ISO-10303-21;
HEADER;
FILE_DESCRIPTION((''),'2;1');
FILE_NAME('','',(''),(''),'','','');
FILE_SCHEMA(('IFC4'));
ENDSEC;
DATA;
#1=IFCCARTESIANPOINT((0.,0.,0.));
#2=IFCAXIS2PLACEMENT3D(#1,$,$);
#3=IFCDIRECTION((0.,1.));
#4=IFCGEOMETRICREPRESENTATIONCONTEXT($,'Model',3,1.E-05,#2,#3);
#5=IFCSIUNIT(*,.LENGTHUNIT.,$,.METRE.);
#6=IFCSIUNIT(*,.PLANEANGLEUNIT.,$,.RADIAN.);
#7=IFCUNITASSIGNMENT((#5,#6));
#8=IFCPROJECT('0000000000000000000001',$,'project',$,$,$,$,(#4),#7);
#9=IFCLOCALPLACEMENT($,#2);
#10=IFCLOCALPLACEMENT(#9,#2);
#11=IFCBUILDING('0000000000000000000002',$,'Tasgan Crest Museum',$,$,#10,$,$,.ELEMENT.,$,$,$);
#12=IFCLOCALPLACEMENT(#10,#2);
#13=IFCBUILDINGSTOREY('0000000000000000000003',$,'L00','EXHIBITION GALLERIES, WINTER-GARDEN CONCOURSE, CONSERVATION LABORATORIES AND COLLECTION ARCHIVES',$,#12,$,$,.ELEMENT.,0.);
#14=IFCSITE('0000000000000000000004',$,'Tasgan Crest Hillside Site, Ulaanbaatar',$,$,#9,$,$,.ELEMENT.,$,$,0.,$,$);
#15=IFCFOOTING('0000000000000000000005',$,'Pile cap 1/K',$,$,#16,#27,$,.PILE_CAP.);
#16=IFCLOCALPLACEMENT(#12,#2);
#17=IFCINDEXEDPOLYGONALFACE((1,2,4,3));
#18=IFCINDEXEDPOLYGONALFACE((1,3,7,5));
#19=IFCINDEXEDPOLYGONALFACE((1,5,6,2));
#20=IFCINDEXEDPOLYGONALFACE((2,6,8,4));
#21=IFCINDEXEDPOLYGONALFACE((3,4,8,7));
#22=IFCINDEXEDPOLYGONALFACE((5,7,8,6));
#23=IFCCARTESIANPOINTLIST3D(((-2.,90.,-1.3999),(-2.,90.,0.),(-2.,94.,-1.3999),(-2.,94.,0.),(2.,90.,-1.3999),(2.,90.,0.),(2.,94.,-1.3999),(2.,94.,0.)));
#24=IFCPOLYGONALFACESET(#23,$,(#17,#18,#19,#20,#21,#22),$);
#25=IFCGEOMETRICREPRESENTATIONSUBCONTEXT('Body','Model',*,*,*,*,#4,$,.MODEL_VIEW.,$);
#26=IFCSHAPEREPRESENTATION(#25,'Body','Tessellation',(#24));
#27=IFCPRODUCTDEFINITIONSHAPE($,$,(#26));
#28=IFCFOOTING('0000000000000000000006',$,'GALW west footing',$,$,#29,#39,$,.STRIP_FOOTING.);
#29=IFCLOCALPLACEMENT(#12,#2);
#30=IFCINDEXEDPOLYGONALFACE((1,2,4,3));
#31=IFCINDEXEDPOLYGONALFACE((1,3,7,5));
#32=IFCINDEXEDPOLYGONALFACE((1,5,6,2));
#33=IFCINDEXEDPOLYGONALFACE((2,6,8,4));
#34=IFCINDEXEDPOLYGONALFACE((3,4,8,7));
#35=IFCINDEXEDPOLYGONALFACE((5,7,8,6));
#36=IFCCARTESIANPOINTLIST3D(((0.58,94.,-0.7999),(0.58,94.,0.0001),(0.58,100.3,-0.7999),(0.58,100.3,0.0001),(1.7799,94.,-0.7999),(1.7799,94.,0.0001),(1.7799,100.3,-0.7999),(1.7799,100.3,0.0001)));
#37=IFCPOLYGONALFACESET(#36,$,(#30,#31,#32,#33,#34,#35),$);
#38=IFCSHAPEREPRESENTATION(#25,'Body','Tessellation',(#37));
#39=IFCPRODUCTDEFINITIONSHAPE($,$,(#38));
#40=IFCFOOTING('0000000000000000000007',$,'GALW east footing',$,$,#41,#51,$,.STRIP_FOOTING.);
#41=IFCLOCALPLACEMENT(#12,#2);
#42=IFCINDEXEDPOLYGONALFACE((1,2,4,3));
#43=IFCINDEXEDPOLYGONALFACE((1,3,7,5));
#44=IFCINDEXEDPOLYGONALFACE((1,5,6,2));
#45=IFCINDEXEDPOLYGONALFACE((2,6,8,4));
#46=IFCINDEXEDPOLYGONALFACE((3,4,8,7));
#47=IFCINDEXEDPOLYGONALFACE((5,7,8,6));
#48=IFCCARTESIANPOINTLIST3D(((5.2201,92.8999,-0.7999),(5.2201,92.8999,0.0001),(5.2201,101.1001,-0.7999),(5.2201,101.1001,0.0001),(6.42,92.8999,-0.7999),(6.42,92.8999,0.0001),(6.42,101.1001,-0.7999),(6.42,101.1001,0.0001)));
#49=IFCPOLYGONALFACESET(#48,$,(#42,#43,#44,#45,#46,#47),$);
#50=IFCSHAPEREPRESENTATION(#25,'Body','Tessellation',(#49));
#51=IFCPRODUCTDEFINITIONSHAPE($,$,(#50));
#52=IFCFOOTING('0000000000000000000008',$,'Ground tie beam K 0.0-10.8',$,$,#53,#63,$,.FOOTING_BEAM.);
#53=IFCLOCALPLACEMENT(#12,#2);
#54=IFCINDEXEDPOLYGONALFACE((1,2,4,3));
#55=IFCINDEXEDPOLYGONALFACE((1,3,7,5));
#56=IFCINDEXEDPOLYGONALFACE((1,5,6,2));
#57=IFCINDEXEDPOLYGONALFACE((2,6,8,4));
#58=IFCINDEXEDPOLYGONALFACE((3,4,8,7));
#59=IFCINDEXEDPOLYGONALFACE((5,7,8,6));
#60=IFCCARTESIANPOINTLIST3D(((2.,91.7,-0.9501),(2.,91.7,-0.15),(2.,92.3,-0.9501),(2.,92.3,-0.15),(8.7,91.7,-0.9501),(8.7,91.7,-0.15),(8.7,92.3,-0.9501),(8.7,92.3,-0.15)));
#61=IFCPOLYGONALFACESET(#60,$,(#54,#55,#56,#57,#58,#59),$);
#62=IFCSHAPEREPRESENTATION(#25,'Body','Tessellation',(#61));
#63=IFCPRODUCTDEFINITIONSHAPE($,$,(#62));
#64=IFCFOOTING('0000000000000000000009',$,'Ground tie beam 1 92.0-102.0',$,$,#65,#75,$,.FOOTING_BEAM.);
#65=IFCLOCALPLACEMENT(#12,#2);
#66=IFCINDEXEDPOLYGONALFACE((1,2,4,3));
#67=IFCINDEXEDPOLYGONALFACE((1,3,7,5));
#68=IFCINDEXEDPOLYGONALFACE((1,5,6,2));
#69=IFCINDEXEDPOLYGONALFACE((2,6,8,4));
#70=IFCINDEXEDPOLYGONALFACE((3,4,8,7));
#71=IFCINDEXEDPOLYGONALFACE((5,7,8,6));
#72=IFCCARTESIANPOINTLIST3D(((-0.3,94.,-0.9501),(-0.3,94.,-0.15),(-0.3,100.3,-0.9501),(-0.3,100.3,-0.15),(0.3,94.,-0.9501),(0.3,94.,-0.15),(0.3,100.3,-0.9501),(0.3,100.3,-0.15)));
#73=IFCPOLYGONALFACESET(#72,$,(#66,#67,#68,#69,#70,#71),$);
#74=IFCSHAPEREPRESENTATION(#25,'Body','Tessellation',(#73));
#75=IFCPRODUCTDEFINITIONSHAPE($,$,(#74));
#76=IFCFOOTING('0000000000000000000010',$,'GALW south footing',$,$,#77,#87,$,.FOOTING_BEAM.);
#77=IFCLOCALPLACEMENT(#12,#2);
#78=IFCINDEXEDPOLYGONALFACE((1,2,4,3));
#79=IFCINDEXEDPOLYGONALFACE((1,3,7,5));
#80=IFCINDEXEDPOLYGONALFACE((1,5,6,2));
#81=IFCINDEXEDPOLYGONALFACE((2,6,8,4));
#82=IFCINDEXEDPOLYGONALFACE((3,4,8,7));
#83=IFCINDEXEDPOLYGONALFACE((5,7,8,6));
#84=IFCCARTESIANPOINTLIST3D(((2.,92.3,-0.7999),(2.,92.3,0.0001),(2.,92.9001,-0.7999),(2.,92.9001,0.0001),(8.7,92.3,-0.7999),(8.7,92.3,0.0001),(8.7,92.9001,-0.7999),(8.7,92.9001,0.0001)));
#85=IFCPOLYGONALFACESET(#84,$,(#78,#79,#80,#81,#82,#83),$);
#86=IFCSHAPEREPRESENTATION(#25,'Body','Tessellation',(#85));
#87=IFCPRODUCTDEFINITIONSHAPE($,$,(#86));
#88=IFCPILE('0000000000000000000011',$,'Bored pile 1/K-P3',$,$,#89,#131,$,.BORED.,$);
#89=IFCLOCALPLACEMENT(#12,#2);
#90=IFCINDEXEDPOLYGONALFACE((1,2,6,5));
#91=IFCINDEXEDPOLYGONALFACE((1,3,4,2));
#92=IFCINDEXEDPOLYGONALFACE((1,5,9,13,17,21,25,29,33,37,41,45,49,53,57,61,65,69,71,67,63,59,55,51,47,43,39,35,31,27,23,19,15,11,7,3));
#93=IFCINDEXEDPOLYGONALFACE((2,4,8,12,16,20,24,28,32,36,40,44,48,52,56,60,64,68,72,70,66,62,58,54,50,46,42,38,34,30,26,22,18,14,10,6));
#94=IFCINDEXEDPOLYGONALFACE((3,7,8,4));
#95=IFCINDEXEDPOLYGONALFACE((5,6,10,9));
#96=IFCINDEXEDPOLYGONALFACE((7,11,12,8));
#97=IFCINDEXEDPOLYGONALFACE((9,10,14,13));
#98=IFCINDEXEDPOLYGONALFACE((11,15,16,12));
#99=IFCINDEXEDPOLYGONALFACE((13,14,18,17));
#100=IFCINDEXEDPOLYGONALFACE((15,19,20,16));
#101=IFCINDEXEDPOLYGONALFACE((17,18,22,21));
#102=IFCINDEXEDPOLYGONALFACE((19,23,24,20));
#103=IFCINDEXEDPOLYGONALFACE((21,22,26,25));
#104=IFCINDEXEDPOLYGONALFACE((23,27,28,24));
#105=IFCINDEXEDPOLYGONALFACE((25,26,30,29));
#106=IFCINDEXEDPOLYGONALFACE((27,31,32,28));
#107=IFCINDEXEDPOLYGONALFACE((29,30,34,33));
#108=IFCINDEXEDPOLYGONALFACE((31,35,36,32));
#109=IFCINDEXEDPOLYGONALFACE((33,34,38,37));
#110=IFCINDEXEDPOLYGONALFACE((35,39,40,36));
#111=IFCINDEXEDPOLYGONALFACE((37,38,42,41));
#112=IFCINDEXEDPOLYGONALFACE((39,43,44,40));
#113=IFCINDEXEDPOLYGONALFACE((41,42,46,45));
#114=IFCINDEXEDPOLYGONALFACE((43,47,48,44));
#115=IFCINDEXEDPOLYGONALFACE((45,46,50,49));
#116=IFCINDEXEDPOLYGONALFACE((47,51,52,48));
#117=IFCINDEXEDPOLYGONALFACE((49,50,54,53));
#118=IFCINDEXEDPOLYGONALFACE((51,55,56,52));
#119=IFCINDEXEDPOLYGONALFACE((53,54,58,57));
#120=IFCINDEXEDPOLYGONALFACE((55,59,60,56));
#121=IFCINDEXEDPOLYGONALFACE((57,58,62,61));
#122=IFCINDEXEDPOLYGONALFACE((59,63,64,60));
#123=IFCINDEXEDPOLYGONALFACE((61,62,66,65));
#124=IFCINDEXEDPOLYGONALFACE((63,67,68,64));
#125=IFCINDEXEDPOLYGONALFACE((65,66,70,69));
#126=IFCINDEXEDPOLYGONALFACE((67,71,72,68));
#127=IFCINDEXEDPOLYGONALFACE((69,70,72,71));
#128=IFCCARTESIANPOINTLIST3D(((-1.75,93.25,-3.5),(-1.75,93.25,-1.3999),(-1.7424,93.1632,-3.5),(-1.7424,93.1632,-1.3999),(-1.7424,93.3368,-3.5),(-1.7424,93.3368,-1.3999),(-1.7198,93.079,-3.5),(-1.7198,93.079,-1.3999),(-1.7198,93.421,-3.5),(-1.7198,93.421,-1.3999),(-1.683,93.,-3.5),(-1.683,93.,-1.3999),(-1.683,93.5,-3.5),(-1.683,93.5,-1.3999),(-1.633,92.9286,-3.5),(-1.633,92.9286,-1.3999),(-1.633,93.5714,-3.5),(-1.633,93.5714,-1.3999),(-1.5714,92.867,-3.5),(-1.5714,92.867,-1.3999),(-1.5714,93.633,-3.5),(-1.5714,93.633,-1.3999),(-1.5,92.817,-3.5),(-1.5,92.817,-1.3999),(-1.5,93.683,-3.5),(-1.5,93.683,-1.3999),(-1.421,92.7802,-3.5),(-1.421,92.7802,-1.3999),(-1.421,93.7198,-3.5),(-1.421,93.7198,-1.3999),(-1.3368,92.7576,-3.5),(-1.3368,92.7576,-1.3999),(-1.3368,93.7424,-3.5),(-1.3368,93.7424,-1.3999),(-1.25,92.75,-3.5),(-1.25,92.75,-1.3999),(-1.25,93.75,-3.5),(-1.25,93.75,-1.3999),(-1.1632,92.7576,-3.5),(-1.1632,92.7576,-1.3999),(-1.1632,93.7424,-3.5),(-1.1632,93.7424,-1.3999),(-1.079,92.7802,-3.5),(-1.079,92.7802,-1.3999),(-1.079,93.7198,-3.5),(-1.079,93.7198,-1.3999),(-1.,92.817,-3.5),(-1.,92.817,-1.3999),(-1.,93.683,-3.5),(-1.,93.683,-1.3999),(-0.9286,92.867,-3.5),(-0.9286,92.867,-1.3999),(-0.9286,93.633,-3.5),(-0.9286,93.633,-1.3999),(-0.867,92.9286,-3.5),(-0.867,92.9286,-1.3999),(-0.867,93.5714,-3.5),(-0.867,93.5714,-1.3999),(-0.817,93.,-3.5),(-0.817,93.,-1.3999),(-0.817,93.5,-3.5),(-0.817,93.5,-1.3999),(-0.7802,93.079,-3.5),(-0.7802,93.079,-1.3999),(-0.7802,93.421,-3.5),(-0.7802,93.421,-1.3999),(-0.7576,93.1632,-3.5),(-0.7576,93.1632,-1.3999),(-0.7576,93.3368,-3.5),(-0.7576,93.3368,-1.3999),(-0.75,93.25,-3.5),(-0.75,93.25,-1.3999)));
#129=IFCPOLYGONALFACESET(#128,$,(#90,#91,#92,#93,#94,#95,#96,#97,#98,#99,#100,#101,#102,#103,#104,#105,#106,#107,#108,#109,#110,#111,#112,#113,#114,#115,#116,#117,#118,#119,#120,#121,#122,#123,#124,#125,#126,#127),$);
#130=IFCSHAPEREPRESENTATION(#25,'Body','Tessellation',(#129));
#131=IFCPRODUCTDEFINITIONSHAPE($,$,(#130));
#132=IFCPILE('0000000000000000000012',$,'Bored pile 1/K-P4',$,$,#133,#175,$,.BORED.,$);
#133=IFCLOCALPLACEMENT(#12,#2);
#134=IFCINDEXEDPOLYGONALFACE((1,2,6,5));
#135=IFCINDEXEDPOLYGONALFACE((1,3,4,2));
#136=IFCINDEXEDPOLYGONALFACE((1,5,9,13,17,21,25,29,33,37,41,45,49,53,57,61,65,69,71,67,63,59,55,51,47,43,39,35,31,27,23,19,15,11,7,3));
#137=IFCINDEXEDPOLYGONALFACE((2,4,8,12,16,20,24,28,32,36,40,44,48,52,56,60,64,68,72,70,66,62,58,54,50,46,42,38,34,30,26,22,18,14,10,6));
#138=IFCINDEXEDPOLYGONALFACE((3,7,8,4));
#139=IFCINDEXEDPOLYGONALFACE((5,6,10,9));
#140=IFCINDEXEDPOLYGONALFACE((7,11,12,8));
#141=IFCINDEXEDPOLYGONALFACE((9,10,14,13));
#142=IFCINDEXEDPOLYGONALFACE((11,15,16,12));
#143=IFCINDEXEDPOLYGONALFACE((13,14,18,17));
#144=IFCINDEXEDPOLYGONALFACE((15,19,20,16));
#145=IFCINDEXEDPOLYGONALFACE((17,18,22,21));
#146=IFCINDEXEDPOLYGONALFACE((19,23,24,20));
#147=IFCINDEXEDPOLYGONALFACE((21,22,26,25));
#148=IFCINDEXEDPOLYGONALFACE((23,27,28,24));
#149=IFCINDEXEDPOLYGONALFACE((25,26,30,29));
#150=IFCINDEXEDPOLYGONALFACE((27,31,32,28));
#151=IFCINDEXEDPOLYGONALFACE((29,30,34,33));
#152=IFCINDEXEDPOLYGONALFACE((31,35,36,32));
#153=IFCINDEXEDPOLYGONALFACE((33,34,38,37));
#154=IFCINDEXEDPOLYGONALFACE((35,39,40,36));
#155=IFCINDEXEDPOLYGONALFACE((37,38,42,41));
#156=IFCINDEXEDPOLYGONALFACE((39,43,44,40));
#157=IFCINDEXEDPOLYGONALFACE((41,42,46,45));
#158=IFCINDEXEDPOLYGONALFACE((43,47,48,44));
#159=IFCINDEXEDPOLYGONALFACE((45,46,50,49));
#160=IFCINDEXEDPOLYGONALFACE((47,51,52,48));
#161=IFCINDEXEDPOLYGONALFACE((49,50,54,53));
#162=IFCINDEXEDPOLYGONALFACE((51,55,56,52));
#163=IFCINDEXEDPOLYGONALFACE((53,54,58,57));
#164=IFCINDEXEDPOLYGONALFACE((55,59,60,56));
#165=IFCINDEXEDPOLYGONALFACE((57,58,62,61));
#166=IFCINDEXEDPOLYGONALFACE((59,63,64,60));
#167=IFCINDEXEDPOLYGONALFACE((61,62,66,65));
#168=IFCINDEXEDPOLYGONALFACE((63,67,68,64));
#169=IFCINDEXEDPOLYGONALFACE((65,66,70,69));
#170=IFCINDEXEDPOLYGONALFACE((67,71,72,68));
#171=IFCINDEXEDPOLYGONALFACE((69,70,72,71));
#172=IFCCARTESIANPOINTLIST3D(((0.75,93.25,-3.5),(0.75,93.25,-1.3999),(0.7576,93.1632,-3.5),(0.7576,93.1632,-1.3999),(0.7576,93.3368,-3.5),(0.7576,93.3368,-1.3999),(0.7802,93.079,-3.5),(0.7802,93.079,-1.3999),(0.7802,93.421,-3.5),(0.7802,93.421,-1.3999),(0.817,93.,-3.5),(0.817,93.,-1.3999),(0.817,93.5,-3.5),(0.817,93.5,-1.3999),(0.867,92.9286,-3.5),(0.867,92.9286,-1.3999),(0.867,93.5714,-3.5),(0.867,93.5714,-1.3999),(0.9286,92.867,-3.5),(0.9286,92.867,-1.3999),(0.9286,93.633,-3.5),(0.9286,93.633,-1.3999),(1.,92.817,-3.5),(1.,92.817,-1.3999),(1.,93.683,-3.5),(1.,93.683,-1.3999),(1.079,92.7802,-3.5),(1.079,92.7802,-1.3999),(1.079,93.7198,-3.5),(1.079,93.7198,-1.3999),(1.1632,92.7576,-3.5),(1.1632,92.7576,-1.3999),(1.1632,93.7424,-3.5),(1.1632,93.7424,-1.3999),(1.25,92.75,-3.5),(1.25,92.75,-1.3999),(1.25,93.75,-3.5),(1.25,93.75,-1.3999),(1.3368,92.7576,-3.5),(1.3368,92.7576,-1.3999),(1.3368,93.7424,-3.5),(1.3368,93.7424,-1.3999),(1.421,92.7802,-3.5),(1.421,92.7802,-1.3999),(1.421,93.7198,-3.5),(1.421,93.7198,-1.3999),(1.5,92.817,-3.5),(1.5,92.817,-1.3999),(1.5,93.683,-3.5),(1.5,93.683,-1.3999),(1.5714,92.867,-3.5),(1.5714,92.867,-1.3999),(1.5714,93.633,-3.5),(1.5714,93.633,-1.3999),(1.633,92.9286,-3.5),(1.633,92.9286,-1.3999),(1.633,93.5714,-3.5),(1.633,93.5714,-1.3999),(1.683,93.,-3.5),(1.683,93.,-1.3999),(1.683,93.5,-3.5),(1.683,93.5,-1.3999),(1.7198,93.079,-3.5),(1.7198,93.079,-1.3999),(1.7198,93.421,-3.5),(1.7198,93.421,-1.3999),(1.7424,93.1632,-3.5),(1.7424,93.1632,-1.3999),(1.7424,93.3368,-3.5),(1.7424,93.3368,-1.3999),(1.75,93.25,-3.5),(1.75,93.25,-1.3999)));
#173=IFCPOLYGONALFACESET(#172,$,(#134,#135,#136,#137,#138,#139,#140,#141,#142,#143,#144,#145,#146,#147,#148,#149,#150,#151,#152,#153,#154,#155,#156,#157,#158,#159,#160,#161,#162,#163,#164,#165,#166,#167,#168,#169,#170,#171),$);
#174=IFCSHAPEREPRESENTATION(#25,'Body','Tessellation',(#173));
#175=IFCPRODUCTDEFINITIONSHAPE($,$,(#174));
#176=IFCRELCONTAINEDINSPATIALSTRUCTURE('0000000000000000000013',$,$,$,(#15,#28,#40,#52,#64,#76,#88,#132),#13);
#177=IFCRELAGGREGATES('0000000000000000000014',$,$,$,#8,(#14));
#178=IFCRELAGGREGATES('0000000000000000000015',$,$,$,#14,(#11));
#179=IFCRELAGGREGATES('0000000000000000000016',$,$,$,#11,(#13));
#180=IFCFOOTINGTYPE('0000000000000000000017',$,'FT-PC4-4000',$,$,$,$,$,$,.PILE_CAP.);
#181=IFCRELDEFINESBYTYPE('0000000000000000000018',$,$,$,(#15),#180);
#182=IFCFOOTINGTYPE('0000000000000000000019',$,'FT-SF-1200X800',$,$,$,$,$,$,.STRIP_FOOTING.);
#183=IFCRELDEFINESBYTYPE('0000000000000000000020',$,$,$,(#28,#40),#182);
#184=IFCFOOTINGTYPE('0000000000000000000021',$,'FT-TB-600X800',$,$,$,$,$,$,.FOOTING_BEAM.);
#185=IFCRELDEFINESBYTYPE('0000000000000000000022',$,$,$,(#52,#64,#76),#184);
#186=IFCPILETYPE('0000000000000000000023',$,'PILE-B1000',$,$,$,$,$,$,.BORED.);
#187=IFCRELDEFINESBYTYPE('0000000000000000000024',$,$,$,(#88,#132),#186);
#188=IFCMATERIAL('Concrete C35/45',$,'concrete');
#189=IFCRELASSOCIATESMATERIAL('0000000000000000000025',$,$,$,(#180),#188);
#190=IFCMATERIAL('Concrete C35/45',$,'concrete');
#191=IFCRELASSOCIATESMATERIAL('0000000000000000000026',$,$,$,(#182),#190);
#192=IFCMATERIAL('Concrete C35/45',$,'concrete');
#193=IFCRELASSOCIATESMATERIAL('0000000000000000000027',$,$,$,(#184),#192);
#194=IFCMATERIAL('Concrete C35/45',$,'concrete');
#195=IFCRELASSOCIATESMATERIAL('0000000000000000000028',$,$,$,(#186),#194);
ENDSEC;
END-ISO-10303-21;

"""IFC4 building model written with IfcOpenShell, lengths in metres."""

from ifc_helpers import new_model, si_unit, direction, frame, origin, origin_2d, place, context, subcontext, project, spatial, rectangle, circle, extrude, material, material_profile, profile_set, type_object, element, save


model = new_model("IFC4")

# Units and contexts
model_context = context("Model", 3, precision=1e-05, world=origin(), true_north=direction((0.0, 1.0)))
body_context = subcontext(model_context, "Body", "Model", "MODEL_VIEW")
ifc_project = project(units=[si_unit("LENGTHUNIT", "METRE"), si_unit("PLANEANGLEUNIT", "RADIAN")], contexts=[model_context])

# Site, building, storey
site_placement = place(None, origin())
site = spatial("IfcSite", under=ifc_project, at=site_placement, Name="Tasgan Crest Hillside Site, Ulaanbaatar", CompositionType="ELEMENT", RefElevation=0.0)
building_placement = place(site_placement, origin())
building = spatial("IfcBuilding", under=site, at=building_placement, Name="Tasgan Crest Museum", CompositionType="ELEMENT")
storey_placement = place(building_placement, origin())
storey = spatial("IfcBuildingStorey", under=building, at=storey_placement, Name="L00", Description="EXHIBITION GALLERIES, WINTER-GARDEN CONCOURSE, CONSERVATION LABORATORIES AND COLLECTION ARCHIVES", CompositionType="ELEMENT", Elevation=0.0)

# Footings
ifc_material_1 = material(Name="Concrete C35/45", Category="concrete")
footing_type_1 = type_object("IfcFootingType", Name="FT-PC4-4000", PredefinedType="PILE_CAP", material=ifc_material_1)
footing_1_placement = place(storey_placement, frame((0.0, 92.0, -1.3999), z_axis=(0.0, 0.0, 1.0), x_axis=(1.0, 0.0, 0.0)))
element("IfcFooting", 1, at=footing_1_placement, inside=storey, type_object=footing_type_1, Name="Pile cap 1/K", PredefinedType="PILE_CAP", context=body_context, shape_type="SweptSolid", body=[
    extrude(rectangle(XDim=4.0, YDim=4.0, at=origin_2d()), origin(), (0.0, 0.0, 1.0), 1.3999),
])
ifc_material_2 = material(Name="Concrete C35/45", Category="concrete")
ifc_material_profile_1 = material_profile(ifc_material_2, rectangle(XDim=1.2, YDim=0.8, at=origin_2d()), Name="SF 1200x800")
ifc_profile_set_1 = profile_set([ifc_material_profile_1], Name="Concrete C35/45")
footing_type_2 = type_object("IfcFootingType", Name="FT-SF-1200X800", PredefinedType="STRIP_FOOTING", material=ifc_profile_set_1)
footing_2_placement = place(storey_placement, frame((1.1799, 94.0, -0.3999), z_axis=(0.0, 1.0, 0.0), x_axis=(-1.0, 0.0, 0.0)))
element("IfcFooting", 2, at=footing_2_placement, inside=storey, type_object=footing_type_2, Name="GALW west footing", PredefinedType="STRIP_FOOTING", context=body_context, shape_type="SweptSolid", body=[
    extrude(rectangle(XDim=1.2, YDim=0.8, at=origin_2d()), origin(), (0.0, 0.0, 1.0), 6.3),
])
footing_3_placement = place(storey_placement, frame((5.8201, 92.8999, -0.3999), z_axis=(0.0, 1.0, 0.0), x_axis=(-1.0, 0.0, 0.0)))
element("IfcFooting", 3, at=footing_3_placement, inside=storey, type_object=footing_type_2, Name="GALW east footing", PredefinedType="STRIP_FOOTING", context=body_context, shape_type="SweptSolid", body=[
    extrude(rectangle(XDim=1.2, YDim=0.8, at=origin_2d()), origin(), (0.0, 0.0, 1.0), 8.2002),
])
ifc_material_3 = material(Name="Concrete C35/45", Category="concrete")
ifc_material_profile_2 = material_profile(ifc_material_3, rectangle(XDim=0.6001, YDim=0.8, at=origin_2d()), Name="TB 600x800")
ifc_profile_set_2 = profile_set([ifc_material_profile_2], Name="Concrete C35/45")
footing_type_3 = type_object("IfcFootingType", Name="FT-TB-600X800", PredefinedType="FOOTING_BEAM", material=ifc_profile_set_2)
footing_4_placement = place(storey_placement, frame((2.0, 92.0, -0.55), z_axis=(1.0, 0.0, 0.0), x_axis=(0.0, 1.0, 0.0)))
element("IfcFooting", 4, at=footing_4_placement, inside=storey, type_object=footing_type_3, Name="Ground tie beam K 0.0-10.8", PredefinedType="FOOTING_BEAM", context=body_context, shape_type="SweptSolid", body=[
    extrude(rectangle(XDim=0.6001, YDim=0.8, at=origin_2d()), origin(), (0.0, 0.0, 1.0), 6.7),
])
footing_5_placement = place(storey_placement, frame((0.0, 94.0, -0.55), z_axis=(0.0, 1.0, 0.0), x_axis=(-1.0, 0.0, 0.0)))
element("IfcFooting", 5, at=footing_5_placement, inside=storey, type_object=footing_type_3, Name="Ground tie beam 1 92.0-102.0", PredefinedType="FOOTING_BEAM", context=body_context, shape_type="SweptSolid", body=[
    extrude(rectangle(XDim=0.6001, YDim=0.8, at=origin_2d()), origin(), (0.0, 0.0, 1.0), 6.3),
])
footing_6_placement = place(storey_placement, frame((2.0, 92.6001, -0.3999), z_axis=(1.0, 0.0, 0.0), x_axis=(0.0, 1.0, 0.0)))
element("IfcFooting", 6, at=footing_6_placement, inside=storey, type_object=footing_type_3, Name="GALW south footing", PredefinedType="FOOTING_BEAM", context=body_context, shape_type="SweptSolid", body=[
    extrude(rectangle(XDim=0.6001, YDim=0.8, at=origin_2d()), origin(), (0.0, 0.0, 1.0), 6.7),
])

# Piles
ifc_material_4 = material(Name="Concrete C35/45", Category="concrete")
ifc_material_profile_3 = material_profile(ifc_material_4, circle(Radius=0.5, at=origin_2d()), Name="PILE D1000")
ifc_profile_set_3 = profile_set([ifc_material_profile_3], Name="Concrete C35/45")
pile_type = type_object("IfcPileType", Name="PILE-B1000", PredefinedType="BORED", material=ifc_profile_set_3)
for number, where, z_axis, x_axis, name in (
    (7, (-1.25, 93.25, -1.3999), (0.0, 0.0, -1.0), (1.0, 0.0, 0.0), "Bored pile 1/K-P3"),
    (8, (1.25, 93.25, -1.3999), (0.0, 0.0, -1.0), (1.0, 0.0, 0.0), "Bored pile 1/K-P4"),
):
    element("IfcPile", number, at=place(storey_placement, frame(where, z_axis=z_axis, x_axis=x_axis)), inside=storey, type_object=pile_type, Name=name, PredefinedType="BORED", context=body_context, shape_type="SweptSolid", body=[
        extrude(circle(Radius=0.5, at=origin_2d()), origin(), (0.0, 0.0, 1.0), 2.1001),
    ])

save(model, "model.ifc")
